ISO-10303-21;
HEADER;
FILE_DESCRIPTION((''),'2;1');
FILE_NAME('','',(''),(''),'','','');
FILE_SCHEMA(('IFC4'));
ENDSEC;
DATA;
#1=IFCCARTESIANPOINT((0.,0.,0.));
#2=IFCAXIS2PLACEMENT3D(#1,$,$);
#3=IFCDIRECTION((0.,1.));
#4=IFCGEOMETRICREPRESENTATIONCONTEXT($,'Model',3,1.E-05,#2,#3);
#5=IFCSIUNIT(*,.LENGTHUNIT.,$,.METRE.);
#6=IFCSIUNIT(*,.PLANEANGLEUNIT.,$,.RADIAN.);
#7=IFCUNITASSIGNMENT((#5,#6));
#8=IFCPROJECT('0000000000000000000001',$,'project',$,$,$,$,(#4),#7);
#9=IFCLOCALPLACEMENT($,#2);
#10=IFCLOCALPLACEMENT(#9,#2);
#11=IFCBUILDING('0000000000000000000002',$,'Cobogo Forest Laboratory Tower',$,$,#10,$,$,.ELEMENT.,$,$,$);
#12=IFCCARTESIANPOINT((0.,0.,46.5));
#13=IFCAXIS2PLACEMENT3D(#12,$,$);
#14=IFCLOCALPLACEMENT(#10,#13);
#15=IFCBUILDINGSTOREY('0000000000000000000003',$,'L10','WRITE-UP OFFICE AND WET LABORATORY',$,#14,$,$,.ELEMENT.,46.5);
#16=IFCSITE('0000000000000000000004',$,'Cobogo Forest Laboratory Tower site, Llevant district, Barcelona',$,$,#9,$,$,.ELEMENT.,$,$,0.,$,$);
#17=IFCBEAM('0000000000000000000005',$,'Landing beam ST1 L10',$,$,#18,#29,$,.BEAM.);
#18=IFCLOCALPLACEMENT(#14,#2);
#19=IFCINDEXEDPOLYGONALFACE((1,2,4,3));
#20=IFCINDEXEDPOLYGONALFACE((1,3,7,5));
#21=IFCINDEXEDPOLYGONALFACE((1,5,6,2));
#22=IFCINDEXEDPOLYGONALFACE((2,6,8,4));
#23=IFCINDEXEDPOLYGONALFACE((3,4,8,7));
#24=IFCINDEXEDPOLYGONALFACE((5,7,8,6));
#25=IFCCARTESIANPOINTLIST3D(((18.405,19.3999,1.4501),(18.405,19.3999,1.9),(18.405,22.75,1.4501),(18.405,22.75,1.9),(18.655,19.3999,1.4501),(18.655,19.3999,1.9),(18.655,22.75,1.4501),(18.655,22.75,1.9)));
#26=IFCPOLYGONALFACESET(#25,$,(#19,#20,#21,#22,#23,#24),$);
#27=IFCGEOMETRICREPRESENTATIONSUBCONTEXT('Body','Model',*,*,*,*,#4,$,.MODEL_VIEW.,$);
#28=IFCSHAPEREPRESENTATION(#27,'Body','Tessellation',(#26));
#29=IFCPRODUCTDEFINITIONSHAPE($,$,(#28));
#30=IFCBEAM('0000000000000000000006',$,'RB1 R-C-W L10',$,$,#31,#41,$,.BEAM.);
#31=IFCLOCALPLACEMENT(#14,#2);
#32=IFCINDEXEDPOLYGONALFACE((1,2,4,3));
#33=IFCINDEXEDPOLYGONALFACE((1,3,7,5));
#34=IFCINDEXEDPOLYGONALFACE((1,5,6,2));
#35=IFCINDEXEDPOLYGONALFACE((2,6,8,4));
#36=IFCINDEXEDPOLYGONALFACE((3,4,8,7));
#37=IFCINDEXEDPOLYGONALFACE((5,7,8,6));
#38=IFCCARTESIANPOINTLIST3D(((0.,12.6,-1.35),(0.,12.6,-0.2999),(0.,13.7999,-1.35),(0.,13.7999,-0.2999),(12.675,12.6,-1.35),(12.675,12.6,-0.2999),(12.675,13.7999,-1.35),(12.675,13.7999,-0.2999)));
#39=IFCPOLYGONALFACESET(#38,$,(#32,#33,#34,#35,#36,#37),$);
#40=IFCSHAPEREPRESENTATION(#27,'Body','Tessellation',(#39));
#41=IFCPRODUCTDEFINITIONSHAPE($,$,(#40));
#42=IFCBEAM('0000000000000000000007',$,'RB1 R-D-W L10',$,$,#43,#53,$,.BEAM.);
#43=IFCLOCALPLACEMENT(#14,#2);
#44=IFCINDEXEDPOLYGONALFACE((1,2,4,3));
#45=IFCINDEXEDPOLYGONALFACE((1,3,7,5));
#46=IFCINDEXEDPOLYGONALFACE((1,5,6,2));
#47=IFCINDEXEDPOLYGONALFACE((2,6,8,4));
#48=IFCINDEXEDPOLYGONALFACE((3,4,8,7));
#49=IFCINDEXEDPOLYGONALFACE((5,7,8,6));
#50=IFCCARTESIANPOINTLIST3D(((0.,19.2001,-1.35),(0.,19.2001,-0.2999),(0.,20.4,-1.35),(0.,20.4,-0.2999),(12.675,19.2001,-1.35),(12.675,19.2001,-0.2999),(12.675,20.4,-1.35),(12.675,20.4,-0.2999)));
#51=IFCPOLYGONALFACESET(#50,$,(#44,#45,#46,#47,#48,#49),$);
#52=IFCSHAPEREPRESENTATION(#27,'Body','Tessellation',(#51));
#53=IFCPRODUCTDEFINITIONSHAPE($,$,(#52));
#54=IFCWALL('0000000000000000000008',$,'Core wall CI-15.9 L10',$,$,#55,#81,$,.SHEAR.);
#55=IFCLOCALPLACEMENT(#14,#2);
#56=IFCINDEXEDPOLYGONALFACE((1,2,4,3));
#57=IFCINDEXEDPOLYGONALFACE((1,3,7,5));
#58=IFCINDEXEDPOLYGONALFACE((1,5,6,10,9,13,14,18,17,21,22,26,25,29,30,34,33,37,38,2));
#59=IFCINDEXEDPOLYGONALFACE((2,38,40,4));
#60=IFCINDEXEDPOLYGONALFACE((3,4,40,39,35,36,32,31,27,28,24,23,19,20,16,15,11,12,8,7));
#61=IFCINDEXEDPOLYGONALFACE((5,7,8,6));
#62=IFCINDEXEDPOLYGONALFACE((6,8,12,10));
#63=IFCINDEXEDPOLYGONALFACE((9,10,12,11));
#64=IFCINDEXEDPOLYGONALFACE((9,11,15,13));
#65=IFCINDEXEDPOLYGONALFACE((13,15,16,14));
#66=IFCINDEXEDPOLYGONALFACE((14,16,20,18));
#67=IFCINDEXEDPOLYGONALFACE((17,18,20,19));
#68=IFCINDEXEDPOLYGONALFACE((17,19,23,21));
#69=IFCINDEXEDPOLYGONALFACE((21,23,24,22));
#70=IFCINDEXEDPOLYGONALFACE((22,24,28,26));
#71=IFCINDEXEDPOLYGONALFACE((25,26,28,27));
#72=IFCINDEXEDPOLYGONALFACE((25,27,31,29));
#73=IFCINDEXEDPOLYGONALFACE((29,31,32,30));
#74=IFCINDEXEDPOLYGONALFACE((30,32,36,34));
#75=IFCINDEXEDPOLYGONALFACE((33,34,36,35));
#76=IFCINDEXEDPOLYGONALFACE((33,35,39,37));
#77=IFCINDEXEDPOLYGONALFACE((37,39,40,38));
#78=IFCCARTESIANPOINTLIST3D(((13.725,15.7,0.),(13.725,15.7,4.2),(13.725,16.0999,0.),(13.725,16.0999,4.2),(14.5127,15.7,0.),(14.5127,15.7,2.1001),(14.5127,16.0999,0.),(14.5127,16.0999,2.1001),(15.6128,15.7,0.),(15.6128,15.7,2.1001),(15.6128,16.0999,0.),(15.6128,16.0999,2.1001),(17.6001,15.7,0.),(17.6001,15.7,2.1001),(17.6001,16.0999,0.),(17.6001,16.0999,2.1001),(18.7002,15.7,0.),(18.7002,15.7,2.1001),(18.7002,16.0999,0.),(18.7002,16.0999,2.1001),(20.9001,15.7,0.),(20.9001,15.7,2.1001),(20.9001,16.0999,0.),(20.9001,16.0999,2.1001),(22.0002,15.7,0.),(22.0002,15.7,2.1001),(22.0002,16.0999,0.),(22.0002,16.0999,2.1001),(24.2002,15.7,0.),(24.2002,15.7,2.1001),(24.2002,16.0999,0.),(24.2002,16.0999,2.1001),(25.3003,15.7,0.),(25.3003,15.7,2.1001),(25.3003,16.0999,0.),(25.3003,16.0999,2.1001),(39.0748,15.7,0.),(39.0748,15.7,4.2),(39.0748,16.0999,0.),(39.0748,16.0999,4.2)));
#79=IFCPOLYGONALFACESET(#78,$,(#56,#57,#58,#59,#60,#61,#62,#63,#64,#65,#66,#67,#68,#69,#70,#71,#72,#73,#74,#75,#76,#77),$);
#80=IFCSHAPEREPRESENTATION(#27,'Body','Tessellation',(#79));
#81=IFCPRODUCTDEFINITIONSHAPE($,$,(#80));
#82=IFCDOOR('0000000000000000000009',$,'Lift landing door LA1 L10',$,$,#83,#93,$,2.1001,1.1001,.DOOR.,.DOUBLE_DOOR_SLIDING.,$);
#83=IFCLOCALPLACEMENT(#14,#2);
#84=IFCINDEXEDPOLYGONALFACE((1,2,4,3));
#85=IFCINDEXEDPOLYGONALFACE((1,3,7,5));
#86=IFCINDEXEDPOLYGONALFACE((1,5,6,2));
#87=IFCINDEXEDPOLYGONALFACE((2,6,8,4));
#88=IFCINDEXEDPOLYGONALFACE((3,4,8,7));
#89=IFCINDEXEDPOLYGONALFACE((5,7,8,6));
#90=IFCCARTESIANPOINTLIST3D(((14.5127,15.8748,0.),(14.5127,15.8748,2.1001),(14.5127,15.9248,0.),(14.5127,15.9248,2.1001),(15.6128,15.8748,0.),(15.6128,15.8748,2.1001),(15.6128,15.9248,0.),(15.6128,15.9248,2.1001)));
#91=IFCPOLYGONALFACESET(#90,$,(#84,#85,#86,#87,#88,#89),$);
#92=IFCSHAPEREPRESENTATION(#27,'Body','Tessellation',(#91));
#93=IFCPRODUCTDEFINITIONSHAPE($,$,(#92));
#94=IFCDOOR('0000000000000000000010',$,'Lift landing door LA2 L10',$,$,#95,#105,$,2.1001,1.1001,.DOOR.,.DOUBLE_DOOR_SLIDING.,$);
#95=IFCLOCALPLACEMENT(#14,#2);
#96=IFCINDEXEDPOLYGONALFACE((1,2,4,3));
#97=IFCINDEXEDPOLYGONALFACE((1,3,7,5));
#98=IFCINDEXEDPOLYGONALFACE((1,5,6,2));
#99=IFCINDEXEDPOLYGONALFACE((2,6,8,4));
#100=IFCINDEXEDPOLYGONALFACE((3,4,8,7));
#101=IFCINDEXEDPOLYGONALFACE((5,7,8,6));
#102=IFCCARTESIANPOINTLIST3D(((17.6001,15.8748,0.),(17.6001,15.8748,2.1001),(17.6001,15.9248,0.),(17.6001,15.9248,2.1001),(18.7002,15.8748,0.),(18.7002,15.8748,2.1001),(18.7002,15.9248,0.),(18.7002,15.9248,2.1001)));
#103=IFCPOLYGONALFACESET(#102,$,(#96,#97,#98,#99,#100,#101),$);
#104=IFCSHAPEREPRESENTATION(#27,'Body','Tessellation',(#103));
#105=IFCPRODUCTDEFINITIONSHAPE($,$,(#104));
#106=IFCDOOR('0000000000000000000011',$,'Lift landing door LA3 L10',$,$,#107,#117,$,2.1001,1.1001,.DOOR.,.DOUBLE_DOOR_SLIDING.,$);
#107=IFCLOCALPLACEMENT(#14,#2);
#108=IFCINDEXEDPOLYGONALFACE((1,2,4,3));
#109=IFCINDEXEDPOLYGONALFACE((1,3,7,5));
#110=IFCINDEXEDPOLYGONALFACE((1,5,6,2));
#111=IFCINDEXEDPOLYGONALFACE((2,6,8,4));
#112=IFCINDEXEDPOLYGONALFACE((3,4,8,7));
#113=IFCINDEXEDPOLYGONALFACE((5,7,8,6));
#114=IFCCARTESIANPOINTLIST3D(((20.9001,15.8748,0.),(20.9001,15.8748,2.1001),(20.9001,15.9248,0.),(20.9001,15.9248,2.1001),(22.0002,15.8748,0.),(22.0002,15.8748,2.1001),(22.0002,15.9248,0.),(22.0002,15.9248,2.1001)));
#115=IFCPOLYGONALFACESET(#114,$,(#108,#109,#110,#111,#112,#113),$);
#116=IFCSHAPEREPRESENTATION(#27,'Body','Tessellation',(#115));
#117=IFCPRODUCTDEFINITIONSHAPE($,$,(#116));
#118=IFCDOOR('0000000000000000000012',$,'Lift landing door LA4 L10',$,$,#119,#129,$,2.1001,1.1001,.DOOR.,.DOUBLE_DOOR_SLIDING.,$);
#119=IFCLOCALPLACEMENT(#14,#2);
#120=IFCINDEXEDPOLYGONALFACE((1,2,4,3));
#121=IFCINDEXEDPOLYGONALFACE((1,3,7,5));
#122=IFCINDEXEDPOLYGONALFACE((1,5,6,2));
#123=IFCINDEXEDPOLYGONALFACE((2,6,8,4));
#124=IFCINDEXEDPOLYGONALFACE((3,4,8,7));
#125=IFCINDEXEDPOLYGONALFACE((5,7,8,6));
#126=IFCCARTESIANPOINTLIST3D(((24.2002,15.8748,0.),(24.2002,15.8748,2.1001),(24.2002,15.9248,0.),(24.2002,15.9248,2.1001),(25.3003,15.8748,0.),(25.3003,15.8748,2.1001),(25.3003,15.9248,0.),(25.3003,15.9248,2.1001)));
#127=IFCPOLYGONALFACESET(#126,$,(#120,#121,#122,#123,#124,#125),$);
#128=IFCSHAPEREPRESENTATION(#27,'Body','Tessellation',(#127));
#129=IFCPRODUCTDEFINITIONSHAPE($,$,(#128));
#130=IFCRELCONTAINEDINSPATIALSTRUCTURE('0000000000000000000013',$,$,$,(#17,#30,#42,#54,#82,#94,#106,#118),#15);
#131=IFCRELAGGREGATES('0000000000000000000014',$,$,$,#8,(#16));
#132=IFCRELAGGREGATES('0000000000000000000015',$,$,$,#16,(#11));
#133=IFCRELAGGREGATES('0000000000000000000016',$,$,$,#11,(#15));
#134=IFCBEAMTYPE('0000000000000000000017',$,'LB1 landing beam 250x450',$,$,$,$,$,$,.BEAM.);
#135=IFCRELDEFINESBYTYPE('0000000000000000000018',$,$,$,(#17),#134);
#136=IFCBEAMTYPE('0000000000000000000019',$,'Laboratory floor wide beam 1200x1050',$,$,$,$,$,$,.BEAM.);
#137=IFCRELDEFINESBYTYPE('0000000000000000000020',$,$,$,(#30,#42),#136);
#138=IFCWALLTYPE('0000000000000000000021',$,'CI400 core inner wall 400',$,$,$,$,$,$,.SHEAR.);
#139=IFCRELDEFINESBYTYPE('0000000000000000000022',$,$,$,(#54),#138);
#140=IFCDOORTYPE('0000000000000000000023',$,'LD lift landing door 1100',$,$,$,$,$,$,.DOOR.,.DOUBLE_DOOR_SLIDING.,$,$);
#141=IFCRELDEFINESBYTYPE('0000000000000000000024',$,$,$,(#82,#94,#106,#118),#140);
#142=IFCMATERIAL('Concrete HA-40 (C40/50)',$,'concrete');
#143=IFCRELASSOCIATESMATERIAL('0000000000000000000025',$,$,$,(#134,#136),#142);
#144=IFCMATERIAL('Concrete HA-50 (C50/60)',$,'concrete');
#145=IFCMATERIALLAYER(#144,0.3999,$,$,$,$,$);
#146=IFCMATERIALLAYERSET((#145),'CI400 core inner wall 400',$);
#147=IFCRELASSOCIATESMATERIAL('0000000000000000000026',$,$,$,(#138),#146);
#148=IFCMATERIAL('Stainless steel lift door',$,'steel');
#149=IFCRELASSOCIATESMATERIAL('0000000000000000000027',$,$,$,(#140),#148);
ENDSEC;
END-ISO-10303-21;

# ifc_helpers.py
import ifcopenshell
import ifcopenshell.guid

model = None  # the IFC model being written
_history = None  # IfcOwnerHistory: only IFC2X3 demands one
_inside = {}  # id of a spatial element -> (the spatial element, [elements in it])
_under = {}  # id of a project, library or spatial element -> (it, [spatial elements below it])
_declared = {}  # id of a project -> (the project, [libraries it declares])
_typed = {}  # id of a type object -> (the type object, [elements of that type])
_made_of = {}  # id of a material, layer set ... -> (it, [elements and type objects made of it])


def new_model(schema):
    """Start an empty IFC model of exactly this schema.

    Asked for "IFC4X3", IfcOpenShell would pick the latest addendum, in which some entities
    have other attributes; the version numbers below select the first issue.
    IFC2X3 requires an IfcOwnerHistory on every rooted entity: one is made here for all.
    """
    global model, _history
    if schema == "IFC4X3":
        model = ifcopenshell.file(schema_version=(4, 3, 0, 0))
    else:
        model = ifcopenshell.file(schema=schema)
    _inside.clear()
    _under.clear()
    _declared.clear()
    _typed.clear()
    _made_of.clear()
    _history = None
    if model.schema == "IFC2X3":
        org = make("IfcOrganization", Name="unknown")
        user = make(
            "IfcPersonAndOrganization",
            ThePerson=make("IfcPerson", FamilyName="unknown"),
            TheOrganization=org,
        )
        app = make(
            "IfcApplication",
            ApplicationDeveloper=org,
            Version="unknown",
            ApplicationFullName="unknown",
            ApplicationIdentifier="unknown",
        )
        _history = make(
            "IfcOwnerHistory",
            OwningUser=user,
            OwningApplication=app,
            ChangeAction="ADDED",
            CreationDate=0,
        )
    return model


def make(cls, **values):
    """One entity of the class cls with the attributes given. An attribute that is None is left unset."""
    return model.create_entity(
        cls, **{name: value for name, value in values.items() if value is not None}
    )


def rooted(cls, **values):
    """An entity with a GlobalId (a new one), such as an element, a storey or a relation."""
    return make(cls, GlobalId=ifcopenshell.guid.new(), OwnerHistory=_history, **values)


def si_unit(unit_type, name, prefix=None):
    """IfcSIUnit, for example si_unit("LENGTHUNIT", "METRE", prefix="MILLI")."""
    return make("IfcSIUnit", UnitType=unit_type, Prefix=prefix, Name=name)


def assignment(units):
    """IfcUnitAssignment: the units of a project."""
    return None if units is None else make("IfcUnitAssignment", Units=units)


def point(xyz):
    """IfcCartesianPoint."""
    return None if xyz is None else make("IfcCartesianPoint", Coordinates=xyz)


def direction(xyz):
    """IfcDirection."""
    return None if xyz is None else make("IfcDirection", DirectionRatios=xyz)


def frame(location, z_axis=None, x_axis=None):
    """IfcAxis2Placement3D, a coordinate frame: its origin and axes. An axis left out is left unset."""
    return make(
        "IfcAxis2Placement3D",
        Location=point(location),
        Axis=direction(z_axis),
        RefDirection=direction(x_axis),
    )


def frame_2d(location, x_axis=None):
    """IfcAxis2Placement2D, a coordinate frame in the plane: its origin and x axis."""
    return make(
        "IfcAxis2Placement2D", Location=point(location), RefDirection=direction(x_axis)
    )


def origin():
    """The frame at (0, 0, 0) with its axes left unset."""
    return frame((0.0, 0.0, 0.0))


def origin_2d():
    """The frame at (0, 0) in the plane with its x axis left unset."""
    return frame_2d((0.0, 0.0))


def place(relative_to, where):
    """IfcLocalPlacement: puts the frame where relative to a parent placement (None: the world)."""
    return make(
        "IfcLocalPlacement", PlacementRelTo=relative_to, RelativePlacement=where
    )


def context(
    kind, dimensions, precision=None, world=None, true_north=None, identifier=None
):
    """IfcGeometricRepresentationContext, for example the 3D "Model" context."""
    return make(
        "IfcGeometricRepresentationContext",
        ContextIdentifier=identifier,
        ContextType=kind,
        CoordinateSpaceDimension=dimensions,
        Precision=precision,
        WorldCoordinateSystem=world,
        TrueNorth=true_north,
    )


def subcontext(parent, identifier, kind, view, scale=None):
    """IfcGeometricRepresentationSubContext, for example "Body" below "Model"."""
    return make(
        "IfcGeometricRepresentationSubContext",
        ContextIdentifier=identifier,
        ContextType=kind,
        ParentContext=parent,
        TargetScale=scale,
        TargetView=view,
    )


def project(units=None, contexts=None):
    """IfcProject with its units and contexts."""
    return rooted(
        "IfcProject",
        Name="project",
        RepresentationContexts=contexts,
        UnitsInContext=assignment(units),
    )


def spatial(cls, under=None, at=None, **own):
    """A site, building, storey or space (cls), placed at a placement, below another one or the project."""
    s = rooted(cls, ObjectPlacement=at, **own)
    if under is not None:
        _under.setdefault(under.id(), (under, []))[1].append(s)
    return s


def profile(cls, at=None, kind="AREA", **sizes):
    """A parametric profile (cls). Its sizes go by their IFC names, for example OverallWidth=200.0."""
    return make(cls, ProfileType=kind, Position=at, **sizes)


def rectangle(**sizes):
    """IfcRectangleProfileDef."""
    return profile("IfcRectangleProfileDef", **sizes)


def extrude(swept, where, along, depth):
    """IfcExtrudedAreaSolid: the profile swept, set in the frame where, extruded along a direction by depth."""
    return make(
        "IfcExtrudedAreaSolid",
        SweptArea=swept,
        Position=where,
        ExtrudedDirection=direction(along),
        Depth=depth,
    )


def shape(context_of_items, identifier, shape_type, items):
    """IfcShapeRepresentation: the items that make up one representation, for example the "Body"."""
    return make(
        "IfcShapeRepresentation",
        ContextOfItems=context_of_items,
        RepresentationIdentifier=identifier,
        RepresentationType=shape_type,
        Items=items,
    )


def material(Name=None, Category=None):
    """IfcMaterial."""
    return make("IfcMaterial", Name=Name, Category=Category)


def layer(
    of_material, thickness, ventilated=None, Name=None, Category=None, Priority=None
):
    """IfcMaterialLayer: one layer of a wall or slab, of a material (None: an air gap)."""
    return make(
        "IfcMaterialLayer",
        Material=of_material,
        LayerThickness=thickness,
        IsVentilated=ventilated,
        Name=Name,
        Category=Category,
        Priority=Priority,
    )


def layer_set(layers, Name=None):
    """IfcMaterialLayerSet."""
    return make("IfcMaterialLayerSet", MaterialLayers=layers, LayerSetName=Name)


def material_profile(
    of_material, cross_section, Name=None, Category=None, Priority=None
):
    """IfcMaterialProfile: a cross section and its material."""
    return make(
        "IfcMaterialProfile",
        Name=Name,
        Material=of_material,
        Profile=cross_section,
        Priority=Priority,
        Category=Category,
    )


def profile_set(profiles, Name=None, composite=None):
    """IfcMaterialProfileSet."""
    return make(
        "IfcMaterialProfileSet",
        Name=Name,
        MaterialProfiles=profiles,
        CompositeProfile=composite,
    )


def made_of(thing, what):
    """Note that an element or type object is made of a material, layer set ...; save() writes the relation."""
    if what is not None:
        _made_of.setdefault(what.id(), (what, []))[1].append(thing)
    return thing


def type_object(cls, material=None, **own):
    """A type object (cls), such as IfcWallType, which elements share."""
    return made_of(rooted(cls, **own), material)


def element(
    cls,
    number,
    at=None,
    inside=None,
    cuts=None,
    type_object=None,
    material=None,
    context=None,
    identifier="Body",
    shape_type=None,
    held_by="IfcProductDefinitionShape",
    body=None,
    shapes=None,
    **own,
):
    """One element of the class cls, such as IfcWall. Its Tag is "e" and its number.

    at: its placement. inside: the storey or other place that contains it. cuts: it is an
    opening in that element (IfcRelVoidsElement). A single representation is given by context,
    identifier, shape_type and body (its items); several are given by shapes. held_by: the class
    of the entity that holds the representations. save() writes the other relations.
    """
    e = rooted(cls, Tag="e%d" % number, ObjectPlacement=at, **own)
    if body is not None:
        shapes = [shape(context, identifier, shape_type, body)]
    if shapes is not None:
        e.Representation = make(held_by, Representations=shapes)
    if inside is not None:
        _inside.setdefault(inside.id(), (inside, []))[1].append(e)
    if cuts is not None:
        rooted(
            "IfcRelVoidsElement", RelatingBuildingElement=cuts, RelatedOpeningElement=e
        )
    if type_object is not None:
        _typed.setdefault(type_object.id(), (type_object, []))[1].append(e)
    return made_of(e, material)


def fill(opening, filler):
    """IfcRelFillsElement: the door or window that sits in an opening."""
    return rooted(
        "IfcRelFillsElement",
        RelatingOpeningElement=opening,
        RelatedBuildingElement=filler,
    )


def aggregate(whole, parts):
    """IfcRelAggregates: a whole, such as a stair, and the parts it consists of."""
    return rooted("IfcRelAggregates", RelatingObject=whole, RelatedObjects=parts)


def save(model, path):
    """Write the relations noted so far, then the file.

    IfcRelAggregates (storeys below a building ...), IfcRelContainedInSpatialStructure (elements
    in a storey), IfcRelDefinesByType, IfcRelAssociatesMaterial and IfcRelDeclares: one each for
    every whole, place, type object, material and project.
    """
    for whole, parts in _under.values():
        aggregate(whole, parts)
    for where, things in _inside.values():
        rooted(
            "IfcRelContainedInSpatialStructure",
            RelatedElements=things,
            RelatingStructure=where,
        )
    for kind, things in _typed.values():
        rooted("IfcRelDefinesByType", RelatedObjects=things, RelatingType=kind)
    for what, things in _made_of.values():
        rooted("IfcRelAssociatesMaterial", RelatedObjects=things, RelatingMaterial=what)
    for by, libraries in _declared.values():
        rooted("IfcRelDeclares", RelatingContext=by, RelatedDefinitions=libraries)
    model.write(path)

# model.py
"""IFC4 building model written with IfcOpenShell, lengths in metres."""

from ifc_helpers import new_model, si_unit, direction, frame, frame_2d, origin, origin_2d, place, context, subcontext, project, spatial, rectangle, extrude, material, layer, layer_set, material_profile, profile_set, type_object, element, fill, save


model = new_model("IFC4")

# Units and contexts
model_context = context("Model", 3, precision=1e-05, world=origin(), true_north=direction((0.0, 1.0)))
body_context = subcontext(model_context, "Body", "Model", "MODEL_VIEW")
ifc_project = project(units=[si_unit("LENGTHUNIT", "METRE"), si_unit("PLANEANGLEUNIT", "RADIAN")], contexts=[model_context])

# Site, building, storey
site_placement = place(None, origin())
site = spatial("IfcSite", under=ifc_project, at=site_placement, Name="Cobogo Forest Laboratory Tower site, Llevant district, Barcelona", CompositionType="ELEMENT", RefElevation=0.0)
building_placement = place(site_placement, origin())
building = spatial("IfcBuilding", under=site, at=building_placement, Name="Cobogo Forest Laboratory Tower", CompositionType="ELEMENT")
storey_placement = place(building_placement, frame((0.0, 0.0, 46.5)))
storey = spatial("IfcBuildingStorey", under=building, at=storey_placement, Name="L10", Description="WRITE-UP OFFICE AND WET LABORATORY", CompositionType="ELEMENT", Elevation=46.5)

# Beams
ifc_material_1 = material(Name="Concrete HA-40 (C40/50)", Category="concrete")
ifc_material_profile_1 = material_profile(ifc_material_1, rectangle(XDim=0.25, YDim=0.45, at=origin_2d()), Name="RC 250x450")
ifc_profile_set_1 = profile_set([ifc_material_profile_1], Name="Concrete HA-40 (C40/50)")
beam_type_1 = type_object("IfcBeamType", Name="LB1 landing beam 250x450", PredefinedType="BEAM", material=ifc_profile_set_1)
beam_placement = place(storey_placement, frame((18.53, 19.3999, 1.675), z_axis=(0.0, 1.0, 0.0), x_axis=(-1.0, 0.0, 0.0)))
element("IfcBeam", 1, at=beam_placement, inside=storey, type_object=beam_type_1, Name="Landing beam ST1 L10", PredefinedType="BEAM", context=body_context, shape_type="SweptSolid", body=[
    extrude(rectangle(XDim=0.25, YDim=0.45, at=origin_2d()), origin(), (0.0, 0.0, 1.0), 3.3501),
])
ifc_material_profile_2 = material_profile(ifc_material_1, rectangle(XDim=1.2, YDim=1.05, at=origin_2d()), Name="RC 1200x1050")
ifc_profile_set_2 = profile_set([ifc_material_profile_2], Name="Concrete HA-40 (C40/50)")
beam_type_2 = type_object("IfcBeamType", Name="Laboratory floor wide beam 1200x1050", PredefinedType="BEAM", material=ifc_profile_set_2)
for number, where, z_axis, x_axis, name in (
    (2, (12.675, 13.2, -0.825), (-1.0, 0.0, 0.0), (0.0, -1.0, 0.0), "RB1 R-C-W L10"),
    (3, (12.675, 19.8, -0.825), (-1.0, 0.0, 0.0), (0.0, -1.0, 0.0), "RB1 R-D-W L10"),
):
    element("IfcBeam", number, at=place(storey_placement, frame(where, z_axis=z_axis, x_axis=x_axis)), inside=storey, type_object=beam_type_2, Name=name, PredefinedType="BEAM", context=body_context, shape_type="SweptSolid", body=[
        extrude(rectangle(XDim=1.2, YDim=1.05, at=origin_2d()), origin(), (0.0, 0.0, 1.0), 12.675),
    ])

# Wall, openings, doors
ifc_material_2 = material(Name="Concrete HA-50 (C50/60)", Category="concrete")
ifc_layer_1 = layer(ifc_material_2, 0.3999)
ifc_layer_set_1 = layer_set([ifc_layer_1], Name="CI400 core inner wall 400")
wall_type_1 = type_object("IfcWallType", Name="CI400 core inner wall 400", PredefinedType="SHEAR", material=ifc_layer_set_1)
wall_1_placement = place(storey_placement, frame((13.7251, 15.8999, 0.0), z_axis=(0.0, 0.0, 1.0), x_axis=(1.0, 0.0, 0.0)))
wall_1 = element("IfcWall", 4, at=wall_1_placement, inside=storey, type_object=wall_type_1, Name="Core wall CI-15.9 L10", PredefinedType="SHEAR", context=body_context, shape_type="SweptSolid", body=[
    extrude(rectangle(XDim=25.3499, YDim=0.3999, at=frame_2d((12.6748, 0.0))), origin(), (0.0, 0.0, 1.0), 4.2),
])
opening_1_placement = place(wall_1_placement, frame((0.7876, 0.0, 0.0)))
opening_1 = element("IfcOpeningElement", 5, at=opening_1_placement, cuts=wall_1, PredefinedType="OPENING", context=body_context, shape_type="SweptSolid", body=[
    extrude(rectangle(XDim=1.1001, YDim=2.1001, at=frame_2d((0.55, 1.05))), frame((0.0, 0.21, 0.0), z_axis=(0.0, -1.0, 0.0), x_axis=(1.0, 0.0, 0.0)), (0.0, 0.0, 1.0), 0.4199),
])
opening_2_placement = place(wall_1_placement, frame((3.875, 0.0, 0.0)))
opening_2 = element("IfcOpeningElement", 6, at=opening_2_placement, cuts=wall_1, PredefinedType="OPENING", context=body_context, shape_type="SweptSolid", body=[
    extrude(rectangle(XDim=1.1001, YDim=2.1001, at=frame_2d((0.55, 1.05))), frame((0.0, 0.21, 0.0), z_axis=(0.0, -1.0, 0.0), x_axis=(1.0, 0.0, 0.0)), (0.0, 0.0, 1.0), 0.4199),
])
opening_3_placement = place(wall_1_placement, frame((7.175, 0.0, 0.0)))
opening_3 = element("IfcOpeningElement", 7, at=opening_3_placement, cuts=wall_1, PredefinedType="OPENING", context=body_context, shape_type="SweptSolid", body=[
    extrude(rectangle(XDim=1.1001, YDim=2.1001, at=frame_2d((0.55, 1.05))), frame((0.0, 0.21, 0.0), z_axis=(0.0, -1.0, 0.0), x_axis=(1.0, 0.0, 0.0)), (0.0, 0.0, 1.0), 0.4199),
])
opening_4_placement = place(wall_1_placement, frame((10.4751, 0.0, 0.0)))
opening_4 = element("IfcOpeningElement", 8, at=opening_4_placement, cuts=wall_1, PredefinedType="OPENING", context=body_context, shape_type="SweptSolid", body=[
    extrude(rectangle(XDim=1.1001, YDim=2.1001, at=frame_2d((0.55, 1.05))), frame((0.0, 0.21, 0.0), z_axis=(0.0, -1.0, 0.0), x_axis=(1.0, 0.0, 0.0)), (0.0, 0.0, 1.0), 0.4199),
])
ifc_material_3 = material(Name="Stainless steel lift door", Category="steel")
door_type_1 = type_object("IfcDoorType", Name="LD lift landing door 1100", OperationType="DOUBLE_DOOR_SLIDING", PredefinedType="DOOR", material=ifc_material_3)
door_1_placement = place(opening_1_placement, origin())
door_1 = element("IfcDoor", 9, at=door_1_placement, inside=storey, type_object=door_type_1, Name="Lift landing door LA1 L10", OperationType="DOUBLE_DOOR_SLIDING", OverallHeight=2.1001, OverallWidth=1.1001, PredefinedType="DOOR", context=body_context, shape_type="SweptSolid", body=[
    extrude(rectangle(XDim=1.1001, YDim=2.1001, at=frame_2d((0.55, 1.05))), frame((0.0, 0.0249, 0.0), z_axis=(0.0, -1.0, 0.0), x_axis=(1.0, 0.0, 0.0)), (0.0, 0.0, 1.0), 0.05),
])
fill(opening_1, door_1)
door_2_placement = place(opening_2_placement, origin())
door_2 = element("IfcDoor", 10, at=door_2_placement, inside=storey, type_object=door_type_1, Name="Lift landing door LA2 L10", OperationType="DOUBLE_DOOR_SLIDING", OverallHeight=2.1001, OverallWidth=1.1001, PredefinedType="DOOR", context=body_context, shape_type="SweptSolid", body=[
    extrude(rectangle(XDim=1.1001, YDim=2.1001, at=frame_2d((0.55, 1.05))), frame((0.0, 0.0249, 0.0), z_axis=(0.0, -1.0, 0.0), x_axis=(1.0, 0.0, 0.0)), (0.0, 0.0, 1.0), 0.05),
])
fill(opening_2, door_2)
door_3_placement = place(opening_3_placement, origin())
door_3 = element("IfcDoor", 11, at=door_3_placement, inside=storey, type_object=door_type_1, Name="Lift landing door LA3 L10", OperationType="DOUBLE_DOOR_SLIDING", OverallHeight=2.1001, OverallWidth=1.1001, PredefinedType="DOOR", context=body_context, shape_type="SweptSolid", body=[
    extrude(rectangle(XDim=1.1001, YDim=2.1001, at=frame_2d((0.55, 1.05))), frame((0.0, 0.0249, 0.0), z_axis=(0.0, -1.0, 0.0), x_axis=(1.0, 0.0, 0.0)), (0.0, 0.0, 1.0), 0.05),
])
fill(opening_3, door_3)
door_4_placement = place(opening_4_placement, origin())
door_4 = element("IfcDoor", 12, at=door_4_placement, inside=storey, type_object=door_type_1, Name="Lift landing door LA4 L10", OperationType="DOUBLE_DOOR_SLIDING", OverallHeight=2.1001, OverallWidth=1.1001, PredefinedType="DOOR", context=body_context, shape_type="SweptSolid", body=[
    extrude(rectangle(XDim=1.1001, YDim=2.1001, at=frame_2d((0.55, 1.05))), frame((0.0, 0.0249, 0.0), z_axis=(0.0, -1.0, 0.0), x_axis=(1.0, 0.0, 0.0)), (0.0, 0.0, 1.0), 0.05),
])
fill(opening_4, door_4)

save(model, "model.ifc")
